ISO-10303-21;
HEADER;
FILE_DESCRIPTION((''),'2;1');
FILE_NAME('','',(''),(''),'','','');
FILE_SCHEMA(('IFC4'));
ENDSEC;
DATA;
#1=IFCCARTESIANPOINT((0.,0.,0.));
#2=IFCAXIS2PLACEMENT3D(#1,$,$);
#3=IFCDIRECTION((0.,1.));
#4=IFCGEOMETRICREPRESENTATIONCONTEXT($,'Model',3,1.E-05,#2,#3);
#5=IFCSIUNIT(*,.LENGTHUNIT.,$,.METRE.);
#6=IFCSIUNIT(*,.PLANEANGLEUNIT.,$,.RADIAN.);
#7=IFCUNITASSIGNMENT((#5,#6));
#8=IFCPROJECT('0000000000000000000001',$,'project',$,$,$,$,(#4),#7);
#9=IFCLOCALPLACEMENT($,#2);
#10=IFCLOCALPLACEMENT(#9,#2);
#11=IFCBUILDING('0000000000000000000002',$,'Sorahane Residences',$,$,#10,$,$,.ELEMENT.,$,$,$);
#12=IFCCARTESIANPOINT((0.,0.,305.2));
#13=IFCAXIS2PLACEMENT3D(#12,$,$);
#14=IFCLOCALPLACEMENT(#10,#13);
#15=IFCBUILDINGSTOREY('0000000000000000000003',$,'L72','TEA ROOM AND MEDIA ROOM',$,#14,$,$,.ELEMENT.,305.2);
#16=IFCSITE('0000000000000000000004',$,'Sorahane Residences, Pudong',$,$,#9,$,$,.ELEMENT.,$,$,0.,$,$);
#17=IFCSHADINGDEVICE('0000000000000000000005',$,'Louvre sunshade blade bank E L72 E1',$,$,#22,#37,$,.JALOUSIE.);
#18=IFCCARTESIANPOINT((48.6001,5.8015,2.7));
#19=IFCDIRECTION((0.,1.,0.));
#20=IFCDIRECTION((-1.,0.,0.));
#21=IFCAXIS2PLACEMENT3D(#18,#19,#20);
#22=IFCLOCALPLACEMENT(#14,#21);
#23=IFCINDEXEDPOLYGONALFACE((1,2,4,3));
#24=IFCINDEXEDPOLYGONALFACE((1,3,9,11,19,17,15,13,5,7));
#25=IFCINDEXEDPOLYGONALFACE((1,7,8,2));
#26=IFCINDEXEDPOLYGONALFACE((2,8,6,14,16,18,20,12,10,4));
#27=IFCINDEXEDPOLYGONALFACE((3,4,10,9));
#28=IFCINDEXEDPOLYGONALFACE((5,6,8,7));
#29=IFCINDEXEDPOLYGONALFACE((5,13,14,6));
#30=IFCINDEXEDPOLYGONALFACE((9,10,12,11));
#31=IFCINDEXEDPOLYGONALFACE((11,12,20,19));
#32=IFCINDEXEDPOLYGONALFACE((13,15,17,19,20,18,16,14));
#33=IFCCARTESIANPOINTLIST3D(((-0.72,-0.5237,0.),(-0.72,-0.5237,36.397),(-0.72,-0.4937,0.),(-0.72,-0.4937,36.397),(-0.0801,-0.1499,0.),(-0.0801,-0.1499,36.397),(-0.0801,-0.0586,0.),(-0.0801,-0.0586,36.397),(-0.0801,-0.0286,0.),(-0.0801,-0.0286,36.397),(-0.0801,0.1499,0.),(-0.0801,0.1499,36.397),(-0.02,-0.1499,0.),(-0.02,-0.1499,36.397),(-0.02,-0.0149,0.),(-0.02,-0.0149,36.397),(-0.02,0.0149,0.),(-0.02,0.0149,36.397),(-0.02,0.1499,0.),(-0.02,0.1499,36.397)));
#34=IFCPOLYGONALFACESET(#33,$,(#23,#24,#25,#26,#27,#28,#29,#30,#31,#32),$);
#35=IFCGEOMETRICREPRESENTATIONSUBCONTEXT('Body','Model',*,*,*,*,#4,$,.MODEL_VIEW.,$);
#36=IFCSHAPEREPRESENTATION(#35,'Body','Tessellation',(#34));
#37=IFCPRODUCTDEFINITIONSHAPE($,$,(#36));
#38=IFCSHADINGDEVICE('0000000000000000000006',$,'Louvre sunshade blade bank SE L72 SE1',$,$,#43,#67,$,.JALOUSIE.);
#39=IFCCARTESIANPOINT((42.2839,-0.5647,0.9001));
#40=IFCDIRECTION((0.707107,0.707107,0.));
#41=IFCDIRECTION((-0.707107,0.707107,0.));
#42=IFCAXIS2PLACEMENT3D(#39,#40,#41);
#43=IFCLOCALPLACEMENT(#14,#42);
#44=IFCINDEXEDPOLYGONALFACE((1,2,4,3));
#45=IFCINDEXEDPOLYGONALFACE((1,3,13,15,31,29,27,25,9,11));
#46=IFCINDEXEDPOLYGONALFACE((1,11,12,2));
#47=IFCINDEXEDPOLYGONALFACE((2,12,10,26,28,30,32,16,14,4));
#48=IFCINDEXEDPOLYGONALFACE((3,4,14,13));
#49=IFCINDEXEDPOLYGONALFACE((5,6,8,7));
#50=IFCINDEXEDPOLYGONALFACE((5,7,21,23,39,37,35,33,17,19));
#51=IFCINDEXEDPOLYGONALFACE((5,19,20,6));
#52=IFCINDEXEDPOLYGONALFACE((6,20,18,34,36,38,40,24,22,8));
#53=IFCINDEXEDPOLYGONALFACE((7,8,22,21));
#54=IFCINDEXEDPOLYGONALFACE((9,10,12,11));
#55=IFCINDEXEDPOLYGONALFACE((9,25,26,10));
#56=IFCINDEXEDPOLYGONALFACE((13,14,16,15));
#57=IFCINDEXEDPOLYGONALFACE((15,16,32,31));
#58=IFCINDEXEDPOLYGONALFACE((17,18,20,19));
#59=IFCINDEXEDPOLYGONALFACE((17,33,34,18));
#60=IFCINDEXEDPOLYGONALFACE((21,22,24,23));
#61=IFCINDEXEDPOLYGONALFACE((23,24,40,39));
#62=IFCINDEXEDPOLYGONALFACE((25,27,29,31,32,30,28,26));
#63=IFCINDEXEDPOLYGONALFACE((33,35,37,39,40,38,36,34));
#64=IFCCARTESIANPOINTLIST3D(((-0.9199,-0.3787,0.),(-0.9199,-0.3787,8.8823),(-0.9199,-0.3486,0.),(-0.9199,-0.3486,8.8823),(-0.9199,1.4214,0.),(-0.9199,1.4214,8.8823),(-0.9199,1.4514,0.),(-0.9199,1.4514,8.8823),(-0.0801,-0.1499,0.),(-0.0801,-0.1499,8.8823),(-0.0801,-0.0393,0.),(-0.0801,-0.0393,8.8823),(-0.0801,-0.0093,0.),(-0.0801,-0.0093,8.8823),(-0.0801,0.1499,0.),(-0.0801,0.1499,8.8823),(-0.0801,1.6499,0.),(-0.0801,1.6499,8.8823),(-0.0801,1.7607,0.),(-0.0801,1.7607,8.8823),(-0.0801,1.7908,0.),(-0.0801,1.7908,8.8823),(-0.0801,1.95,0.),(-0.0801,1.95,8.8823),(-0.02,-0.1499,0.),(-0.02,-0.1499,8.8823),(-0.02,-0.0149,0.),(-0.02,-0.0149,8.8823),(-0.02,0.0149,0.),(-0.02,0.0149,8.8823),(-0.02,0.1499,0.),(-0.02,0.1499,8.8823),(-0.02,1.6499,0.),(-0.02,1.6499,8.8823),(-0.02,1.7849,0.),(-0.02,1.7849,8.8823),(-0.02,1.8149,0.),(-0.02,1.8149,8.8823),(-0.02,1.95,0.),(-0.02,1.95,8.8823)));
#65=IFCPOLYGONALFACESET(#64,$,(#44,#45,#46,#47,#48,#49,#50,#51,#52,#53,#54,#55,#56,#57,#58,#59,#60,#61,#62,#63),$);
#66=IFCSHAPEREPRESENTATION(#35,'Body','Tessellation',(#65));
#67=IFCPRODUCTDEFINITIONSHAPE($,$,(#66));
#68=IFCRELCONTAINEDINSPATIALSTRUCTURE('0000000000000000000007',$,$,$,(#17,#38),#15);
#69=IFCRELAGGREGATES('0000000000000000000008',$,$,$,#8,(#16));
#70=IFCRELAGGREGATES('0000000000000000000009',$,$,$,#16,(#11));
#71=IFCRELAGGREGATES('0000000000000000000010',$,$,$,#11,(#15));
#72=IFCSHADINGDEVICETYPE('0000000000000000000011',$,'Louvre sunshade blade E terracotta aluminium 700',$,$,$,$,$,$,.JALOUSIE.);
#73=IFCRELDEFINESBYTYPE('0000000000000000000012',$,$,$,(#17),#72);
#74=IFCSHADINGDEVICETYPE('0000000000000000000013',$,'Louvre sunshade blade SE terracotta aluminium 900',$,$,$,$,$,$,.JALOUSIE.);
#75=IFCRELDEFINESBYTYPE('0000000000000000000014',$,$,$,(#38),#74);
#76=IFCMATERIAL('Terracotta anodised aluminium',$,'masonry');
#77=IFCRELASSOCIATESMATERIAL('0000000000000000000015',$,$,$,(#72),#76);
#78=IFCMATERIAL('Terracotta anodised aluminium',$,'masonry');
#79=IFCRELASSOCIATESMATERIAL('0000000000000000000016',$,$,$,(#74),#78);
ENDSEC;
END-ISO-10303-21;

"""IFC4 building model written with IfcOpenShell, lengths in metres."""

from ifc_helpers import new_model, si_unit, direction, frame, origin, place, context, subcontext, project, spatial, polyline, outline, composite_profile, extrude, material, type_object, element, save


model = new_model("IFC4")

# Units and contexts
model_context = context("Model", 3, precision=1e-05, world=origin(), true_north=direction((0.0, 1.0)))
body_context = subcontext(model_context, "Body", "Model", "MODEL_VIEW")
ifc_project = project(units=[si_unit("LENGTHUNIT", "METRE"), si_unit("PLANEANGLEUNIT", "RADIAN")], contexts=[model_context])

# Site, building, storey
site_placement = place(None, origin())
site = spatial("IfcSite", under=ifc_project, at=site_placement, Name="Sorahane Residences, Pudong", CompositionType="ELEMENT", RefElevation=0.0)
building_placement = place(site_placement, origin())
building = spatial("IfcBuilding", under=site, at=building_placement, Name="Sorahane Residences", CompositionType="ELEMENT")
storey_placement = place(building_placement, frame((0.0, 0.0, 305.2)))
storey = spatial("IfcBuildingStorey", under=building, at=storey_placement, Name="L72", Description="TEA ROOM AND MEDIA ROOM", CompositionType="ELEMENT", Elevation=305.2)

# Shading devices
ifc_material_1 = material(Name="Terracotta anodised aluminium", Category="masonry")
shading_device_type_1 = type_object("IfcShadingDeviceType", Name="Louvre sunshade blade E terracotta aluminium 700", PredefinedType="JALOUSIE", material=ifc_material_1)
shading_device_1_placement = place(storey_placement, frame((48.6001, 5.8015, 2.7), z_axis=(0.0, 1.0, 0.0), x_axis=(-1.0, 0.0, 0.0)))
element("IfcShadingDevice", 1, at=shading_device_1_placement, inside=storey, type_object=shading_device_type_1, Name="Louvre sunshade blade bank E L72 E1", PredefinedType="JALOUSIE", context=body_context, shape_type="SweptSolid", body=[
    extrude(outline(polyline([(-0.72, -0.4937), (-0.72, -0.5237), (-0.0801, -0.0586), (-0.0801, -0.1499), (-0.02, -0.1499), (-0.02, -0.0149), (-0.02, 0.0149), (-0.02, 0.1499), (-0.0801, 0.1499), (-0.0801, -0.0286), (-0.72, -0.4937)])), origin(), (0.0, 0.0, 1.0), 36.397),
])
ifc_material_2 = material(Name="Terracotta anodised aluminium", Category="masonry")
shading_device_type_2 = type_object("IfcShadingDeviceType", Name="Louvre sunshade blade SE terracotta aluminium 900", PredefinedType="JALOUSIE", material=ifc_material_2)
shading_device_2_placement = place(storey_placement, frame((42.2839, -0.5647, 0.9001), z_axis=(0.707107, 0.707107, 0.0), x_axis=(-0.707107, 0.707107, 0.0)))
element("IfcShadingDevice", 2, at=shading_device_2_placement, inside=storey, type_object=shading_device_type_2, Name="Louvre sunshade blade bank SE L72 SE1", PredefinedType="JALOUSIE", context=body_context, shape_type="SweptSolid", body=[
    extrude(composite_profile([outline(polyline([(-0.9199, -0.3486), (-0.9199, -0.3787), (-0.0801, -0.0393), (-0.0801, -0.1499), (-0.02, -0.1499), (-0.02, -0.0149), (-0.02, 0.0149), (-0.02, 0.1499), (-0.0801, 0.1499), (-0.0801, -0.0093), (-0.9199, -0.3486)])), outline(polyline([(-0.9199, 1.4514), (-0.9199, 1.4214), (-0.0801, 1.7607), (-0.0801, 1.6499), (-0.02, 1.6499), (-0.02, 1.7849), (-0.02, 1.8149), (-0.02, 1.95), (-0.0801, 1.95), (-0.0801, 1.7908), (-0.9199, 1.4514)]))]), origin(), (0.0, 0.0, 1.0), 8.8823),
])

save(model, "model.ifc")
